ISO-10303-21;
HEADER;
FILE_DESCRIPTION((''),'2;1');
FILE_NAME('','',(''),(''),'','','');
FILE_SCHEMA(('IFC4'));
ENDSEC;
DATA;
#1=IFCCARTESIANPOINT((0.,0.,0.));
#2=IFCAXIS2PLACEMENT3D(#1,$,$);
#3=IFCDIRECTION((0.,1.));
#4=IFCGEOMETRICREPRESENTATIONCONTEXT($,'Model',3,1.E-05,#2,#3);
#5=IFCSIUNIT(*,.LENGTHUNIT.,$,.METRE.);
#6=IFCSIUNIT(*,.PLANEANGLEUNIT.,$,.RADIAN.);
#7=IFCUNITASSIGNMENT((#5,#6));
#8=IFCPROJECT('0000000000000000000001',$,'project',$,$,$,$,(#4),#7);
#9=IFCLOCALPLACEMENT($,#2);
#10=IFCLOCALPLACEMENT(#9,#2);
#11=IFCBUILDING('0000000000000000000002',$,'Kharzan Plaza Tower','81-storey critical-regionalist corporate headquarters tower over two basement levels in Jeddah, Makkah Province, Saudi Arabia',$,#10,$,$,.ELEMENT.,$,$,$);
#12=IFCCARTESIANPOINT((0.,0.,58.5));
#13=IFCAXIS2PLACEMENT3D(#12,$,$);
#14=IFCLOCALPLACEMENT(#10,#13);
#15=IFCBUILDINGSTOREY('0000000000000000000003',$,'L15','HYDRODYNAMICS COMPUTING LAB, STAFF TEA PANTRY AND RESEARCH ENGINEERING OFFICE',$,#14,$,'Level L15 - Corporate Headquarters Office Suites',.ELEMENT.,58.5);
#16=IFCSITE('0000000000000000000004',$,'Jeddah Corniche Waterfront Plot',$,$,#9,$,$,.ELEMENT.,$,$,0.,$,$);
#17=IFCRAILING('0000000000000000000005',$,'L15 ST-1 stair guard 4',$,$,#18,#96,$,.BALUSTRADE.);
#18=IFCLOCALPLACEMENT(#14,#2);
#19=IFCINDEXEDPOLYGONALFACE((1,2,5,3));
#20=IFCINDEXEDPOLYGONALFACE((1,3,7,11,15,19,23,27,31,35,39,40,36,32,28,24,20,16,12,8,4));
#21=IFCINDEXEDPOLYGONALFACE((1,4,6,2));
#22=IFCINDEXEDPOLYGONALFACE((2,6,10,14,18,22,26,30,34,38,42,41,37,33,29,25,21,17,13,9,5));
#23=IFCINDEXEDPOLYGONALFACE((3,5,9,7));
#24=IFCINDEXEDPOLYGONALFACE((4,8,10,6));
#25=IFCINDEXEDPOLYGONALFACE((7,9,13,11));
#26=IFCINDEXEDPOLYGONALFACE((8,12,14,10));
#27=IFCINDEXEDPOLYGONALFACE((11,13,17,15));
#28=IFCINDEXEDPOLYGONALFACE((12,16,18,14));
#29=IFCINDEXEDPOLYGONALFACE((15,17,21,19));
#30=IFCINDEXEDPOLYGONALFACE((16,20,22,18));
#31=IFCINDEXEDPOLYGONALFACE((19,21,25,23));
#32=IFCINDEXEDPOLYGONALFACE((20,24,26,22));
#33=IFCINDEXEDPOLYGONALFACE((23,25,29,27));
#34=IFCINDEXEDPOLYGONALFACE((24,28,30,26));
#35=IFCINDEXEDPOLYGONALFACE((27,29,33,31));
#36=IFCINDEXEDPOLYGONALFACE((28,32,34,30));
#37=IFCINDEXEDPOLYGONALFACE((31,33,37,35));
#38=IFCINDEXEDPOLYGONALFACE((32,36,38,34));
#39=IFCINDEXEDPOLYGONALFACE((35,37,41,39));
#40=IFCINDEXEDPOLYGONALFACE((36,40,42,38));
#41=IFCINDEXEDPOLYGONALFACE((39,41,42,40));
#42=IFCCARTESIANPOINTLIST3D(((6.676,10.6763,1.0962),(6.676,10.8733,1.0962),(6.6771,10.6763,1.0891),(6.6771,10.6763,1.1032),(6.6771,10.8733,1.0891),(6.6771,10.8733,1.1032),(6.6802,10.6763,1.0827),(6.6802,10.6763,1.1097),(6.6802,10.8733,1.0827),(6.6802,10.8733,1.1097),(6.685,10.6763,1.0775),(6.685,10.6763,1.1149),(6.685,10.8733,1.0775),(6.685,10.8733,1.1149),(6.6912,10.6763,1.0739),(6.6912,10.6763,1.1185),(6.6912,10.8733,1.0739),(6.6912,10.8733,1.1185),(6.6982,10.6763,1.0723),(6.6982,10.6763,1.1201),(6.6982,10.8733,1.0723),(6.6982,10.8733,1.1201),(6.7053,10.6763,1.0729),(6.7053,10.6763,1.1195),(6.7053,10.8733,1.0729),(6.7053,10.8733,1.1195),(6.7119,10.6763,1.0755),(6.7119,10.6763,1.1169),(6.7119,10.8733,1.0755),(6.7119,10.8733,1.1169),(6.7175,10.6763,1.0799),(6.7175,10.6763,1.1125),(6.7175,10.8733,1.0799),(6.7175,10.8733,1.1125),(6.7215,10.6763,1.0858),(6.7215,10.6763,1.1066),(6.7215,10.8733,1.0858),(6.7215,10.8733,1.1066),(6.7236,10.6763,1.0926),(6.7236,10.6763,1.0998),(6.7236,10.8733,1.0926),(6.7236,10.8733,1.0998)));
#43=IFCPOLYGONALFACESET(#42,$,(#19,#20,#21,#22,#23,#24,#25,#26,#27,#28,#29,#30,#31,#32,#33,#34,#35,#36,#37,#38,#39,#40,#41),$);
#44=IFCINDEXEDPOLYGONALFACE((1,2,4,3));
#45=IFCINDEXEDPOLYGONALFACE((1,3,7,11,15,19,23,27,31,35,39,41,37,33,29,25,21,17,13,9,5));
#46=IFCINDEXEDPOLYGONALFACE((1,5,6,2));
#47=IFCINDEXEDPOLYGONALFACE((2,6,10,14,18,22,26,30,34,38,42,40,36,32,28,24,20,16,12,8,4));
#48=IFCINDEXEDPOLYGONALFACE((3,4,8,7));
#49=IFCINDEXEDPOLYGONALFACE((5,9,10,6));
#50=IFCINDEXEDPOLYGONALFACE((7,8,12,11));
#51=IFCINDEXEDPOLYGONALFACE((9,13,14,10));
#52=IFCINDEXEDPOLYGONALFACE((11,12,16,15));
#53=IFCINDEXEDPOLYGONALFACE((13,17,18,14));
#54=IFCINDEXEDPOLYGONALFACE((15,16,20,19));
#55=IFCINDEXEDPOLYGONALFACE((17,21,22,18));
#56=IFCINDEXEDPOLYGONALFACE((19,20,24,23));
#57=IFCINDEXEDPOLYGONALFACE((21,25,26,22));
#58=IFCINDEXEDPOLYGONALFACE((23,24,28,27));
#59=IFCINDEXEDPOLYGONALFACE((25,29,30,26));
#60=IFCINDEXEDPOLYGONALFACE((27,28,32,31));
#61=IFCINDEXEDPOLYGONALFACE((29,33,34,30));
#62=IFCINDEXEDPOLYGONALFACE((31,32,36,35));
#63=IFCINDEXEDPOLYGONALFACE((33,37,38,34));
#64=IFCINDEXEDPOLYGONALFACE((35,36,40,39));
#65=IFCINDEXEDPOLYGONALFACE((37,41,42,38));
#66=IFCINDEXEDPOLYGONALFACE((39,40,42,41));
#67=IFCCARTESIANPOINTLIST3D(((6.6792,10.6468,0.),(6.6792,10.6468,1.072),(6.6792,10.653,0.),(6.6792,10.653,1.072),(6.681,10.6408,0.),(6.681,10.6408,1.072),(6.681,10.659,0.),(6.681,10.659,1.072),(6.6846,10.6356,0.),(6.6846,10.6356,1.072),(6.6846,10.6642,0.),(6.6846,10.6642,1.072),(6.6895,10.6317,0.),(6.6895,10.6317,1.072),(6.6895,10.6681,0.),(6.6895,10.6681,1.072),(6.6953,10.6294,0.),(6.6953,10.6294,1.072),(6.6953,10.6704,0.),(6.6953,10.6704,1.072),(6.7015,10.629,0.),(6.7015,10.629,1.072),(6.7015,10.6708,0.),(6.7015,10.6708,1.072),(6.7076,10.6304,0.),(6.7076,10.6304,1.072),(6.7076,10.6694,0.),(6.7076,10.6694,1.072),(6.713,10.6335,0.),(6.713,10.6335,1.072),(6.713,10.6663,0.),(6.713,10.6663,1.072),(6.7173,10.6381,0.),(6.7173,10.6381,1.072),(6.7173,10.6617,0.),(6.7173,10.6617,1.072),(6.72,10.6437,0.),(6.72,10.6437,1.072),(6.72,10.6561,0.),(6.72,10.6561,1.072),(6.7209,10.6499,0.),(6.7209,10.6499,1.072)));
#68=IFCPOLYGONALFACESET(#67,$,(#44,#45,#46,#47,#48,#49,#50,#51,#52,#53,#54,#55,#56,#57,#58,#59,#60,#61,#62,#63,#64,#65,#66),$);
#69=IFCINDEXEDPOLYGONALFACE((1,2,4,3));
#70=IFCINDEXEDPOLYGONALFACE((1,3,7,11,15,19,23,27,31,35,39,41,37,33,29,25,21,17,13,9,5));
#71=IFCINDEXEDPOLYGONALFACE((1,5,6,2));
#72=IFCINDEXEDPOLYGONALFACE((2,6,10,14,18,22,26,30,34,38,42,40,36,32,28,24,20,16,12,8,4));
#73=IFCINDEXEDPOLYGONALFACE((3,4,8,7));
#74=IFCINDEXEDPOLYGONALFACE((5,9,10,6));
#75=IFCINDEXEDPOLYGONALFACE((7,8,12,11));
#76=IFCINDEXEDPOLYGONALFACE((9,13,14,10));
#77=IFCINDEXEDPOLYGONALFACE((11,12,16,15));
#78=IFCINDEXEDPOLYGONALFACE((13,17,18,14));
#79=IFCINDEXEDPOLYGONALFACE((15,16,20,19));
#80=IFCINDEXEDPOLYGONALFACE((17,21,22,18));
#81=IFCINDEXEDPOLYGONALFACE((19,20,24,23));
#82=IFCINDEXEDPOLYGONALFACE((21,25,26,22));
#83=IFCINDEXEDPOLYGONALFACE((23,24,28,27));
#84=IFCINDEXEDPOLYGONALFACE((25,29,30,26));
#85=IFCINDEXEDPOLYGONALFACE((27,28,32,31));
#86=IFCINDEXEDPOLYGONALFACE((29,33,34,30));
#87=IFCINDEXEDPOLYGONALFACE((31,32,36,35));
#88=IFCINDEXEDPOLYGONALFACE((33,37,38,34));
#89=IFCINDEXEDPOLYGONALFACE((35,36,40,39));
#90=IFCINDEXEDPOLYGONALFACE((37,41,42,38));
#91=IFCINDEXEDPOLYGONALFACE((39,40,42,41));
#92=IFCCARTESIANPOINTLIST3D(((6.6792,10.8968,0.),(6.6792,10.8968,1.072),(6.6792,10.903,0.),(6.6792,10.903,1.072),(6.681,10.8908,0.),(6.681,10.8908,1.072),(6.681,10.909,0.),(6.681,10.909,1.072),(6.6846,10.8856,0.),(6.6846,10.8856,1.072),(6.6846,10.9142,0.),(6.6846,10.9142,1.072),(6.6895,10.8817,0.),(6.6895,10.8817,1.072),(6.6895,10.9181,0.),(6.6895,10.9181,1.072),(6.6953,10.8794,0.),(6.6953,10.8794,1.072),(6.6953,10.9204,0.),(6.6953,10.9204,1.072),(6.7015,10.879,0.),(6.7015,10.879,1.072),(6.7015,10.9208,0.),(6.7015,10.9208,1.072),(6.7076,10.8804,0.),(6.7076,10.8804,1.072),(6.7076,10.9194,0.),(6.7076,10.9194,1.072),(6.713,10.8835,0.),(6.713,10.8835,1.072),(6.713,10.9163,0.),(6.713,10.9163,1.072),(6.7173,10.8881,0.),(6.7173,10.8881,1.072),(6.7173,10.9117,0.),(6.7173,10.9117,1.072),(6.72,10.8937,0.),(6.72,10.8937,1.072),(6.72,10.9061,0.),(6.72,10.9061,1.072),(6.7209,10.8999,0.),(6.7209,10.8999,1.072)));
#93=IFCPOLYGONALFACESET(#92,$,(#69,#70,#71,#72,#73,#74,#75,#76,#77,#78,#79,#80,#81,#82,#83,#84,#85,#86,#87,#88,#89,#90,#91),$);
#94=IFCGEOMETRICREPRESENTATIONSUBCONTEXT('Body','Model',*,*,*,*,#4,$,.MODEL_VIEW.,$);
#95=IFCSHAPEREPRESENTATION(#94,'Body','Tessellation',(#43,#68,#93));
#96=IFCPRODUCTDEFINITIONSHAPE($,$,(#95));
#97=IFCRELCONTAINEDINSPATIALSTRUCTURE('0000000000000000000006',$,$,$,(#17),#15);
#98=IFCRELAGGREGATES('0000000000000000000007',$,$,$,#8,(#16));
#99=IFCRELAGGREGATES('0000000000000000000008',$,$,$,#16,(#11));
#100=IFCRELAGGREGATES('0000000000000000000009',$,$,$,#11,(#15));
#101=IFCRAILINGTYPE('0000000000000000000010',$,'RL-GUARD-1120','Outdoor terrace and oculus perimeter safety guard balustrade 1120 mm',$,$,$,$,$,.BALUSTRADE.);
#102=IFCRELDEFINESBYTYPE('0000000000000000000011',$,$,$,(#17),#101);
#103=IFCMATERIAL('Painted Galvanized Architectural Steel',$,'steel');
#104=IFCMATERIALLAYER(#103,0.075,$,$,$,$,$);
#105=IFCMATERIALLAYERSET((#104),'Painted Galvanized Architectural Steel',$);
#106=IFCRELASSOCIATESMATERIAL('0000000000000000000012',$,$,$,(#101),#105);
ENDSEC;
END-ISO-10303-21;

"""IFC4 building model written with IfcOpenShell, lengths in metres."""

from ifc_helpers import new_model, si_unit, direction, frame, origin, origin_2d, place, context, subcontext, project, spatial, circle, extrude, source, transform, mapped, material, layer, layer_set, type_object, element, save


model = new_model("IFC4")

# Units and contexts
model_context = context("Model", 3, precision=1e-05, world=origin(), true_north=direction((0.0, 1.0)))
body_context = subcontext(model_context, "Body", "Model", "MODEL_VIEW")
ifc_project = project(units=[si_unit("LENGTHUNIT", "METRE"), si_unit("PLANEANGLEUNIT", "RADIAN")], contexts=[model_context])

# Site, building, storey
site_placement = place(None, origin())
site = spatial("IfcSite", under=ifc_project, at=site_placement, Name="Jeddah Corniche Waterfront Plot", CompositionType="ELEMENT", RefElevation=0.0)
building_placement = place(site_placement, origin())
building = spatial("IfcBuilding", under=site, at=building_placement, Name="Kharzan Plaza Tower", Description="81-storey critical-regionalist corporate headquarters tower over two basement levels in Jeddah, Makkah Province, Saudi Arabia", CompositionType="ELEMENT")
storey_placement = place(building_placement, frame((0.0, 0.0, 58.5)))
storey = spatial("IfcBuildingStorey", under=building, at=storey_placement, Name="L15", Description="HYDRODYNAMICS COMPUTING LAB, STAFF TEA PANTRY AND RESEARCH ENGINEERING OFFICE", LongName="Level L15 - Corporate Headquarters Office Suites", CompositionType="ELEMENT", Elevation=58.5)

# Railing
ifc_material_1 = material(Name="Painted Galvanized Architectural Steel", Category="steel")
ifc_layer_1 = layer(ifc_material_1, 0.075)
ifc_layer_set_1 = layer_set([ifc_layer_1], Name="Painted Galvanized Architectural Steel")
railing_type = type_object("IfcRailingType", Name="RL-GUARD-1120", Description="Outdoor terrace and oculus perimeter safety guard balustrade 1120 mm", PredefinedType="BALUSTRADE", material=ifc_layer_set_1)
shared_shape_1 = source(origin(), body_context, "Body", "SweptSolid", [
    extrude(circle(Radius=0.0239, at=origin_2d()), frame((0.0, 0.0264, 1.0962), z_axis=(0.0, 1.0, 0.0), x_axis=(-1.0, 0.0, 0.0)), (0.0, 0.0, 1.0), 0.197),
    extrude(circle(Radius=0.021, at=origin_2d()), origin(), (0.0, 0.0, 1.0), 1.072),
    extrude(circle(Radius=0.021, at=origin_2d()), frame((0.0, 0.25, 0.0)), (0.0, 0.0, 1.0), 1.072),
])
railing_placement = place(storey_placement, frame((6.7, 10.6499, 0.0)))
element("IfcRailing", 1, at=railing_placement, inside=storey, type_object=railing_type, Name="L15 ST-1 stair guard 4", PredefinedType="BALUSTRADE", context=body_context, shape_type="MappedRepresentation", body=[
    mapped(shared_shape_1, transform((0.0, 0.0, 0.0), x_axis=(1.0, 0.0, 0.0), y_axis=(0.0, 1.0, 0.0), z_axis=(0.0, 0.0, 1.0))),
])

save(model, "model.ifc")
